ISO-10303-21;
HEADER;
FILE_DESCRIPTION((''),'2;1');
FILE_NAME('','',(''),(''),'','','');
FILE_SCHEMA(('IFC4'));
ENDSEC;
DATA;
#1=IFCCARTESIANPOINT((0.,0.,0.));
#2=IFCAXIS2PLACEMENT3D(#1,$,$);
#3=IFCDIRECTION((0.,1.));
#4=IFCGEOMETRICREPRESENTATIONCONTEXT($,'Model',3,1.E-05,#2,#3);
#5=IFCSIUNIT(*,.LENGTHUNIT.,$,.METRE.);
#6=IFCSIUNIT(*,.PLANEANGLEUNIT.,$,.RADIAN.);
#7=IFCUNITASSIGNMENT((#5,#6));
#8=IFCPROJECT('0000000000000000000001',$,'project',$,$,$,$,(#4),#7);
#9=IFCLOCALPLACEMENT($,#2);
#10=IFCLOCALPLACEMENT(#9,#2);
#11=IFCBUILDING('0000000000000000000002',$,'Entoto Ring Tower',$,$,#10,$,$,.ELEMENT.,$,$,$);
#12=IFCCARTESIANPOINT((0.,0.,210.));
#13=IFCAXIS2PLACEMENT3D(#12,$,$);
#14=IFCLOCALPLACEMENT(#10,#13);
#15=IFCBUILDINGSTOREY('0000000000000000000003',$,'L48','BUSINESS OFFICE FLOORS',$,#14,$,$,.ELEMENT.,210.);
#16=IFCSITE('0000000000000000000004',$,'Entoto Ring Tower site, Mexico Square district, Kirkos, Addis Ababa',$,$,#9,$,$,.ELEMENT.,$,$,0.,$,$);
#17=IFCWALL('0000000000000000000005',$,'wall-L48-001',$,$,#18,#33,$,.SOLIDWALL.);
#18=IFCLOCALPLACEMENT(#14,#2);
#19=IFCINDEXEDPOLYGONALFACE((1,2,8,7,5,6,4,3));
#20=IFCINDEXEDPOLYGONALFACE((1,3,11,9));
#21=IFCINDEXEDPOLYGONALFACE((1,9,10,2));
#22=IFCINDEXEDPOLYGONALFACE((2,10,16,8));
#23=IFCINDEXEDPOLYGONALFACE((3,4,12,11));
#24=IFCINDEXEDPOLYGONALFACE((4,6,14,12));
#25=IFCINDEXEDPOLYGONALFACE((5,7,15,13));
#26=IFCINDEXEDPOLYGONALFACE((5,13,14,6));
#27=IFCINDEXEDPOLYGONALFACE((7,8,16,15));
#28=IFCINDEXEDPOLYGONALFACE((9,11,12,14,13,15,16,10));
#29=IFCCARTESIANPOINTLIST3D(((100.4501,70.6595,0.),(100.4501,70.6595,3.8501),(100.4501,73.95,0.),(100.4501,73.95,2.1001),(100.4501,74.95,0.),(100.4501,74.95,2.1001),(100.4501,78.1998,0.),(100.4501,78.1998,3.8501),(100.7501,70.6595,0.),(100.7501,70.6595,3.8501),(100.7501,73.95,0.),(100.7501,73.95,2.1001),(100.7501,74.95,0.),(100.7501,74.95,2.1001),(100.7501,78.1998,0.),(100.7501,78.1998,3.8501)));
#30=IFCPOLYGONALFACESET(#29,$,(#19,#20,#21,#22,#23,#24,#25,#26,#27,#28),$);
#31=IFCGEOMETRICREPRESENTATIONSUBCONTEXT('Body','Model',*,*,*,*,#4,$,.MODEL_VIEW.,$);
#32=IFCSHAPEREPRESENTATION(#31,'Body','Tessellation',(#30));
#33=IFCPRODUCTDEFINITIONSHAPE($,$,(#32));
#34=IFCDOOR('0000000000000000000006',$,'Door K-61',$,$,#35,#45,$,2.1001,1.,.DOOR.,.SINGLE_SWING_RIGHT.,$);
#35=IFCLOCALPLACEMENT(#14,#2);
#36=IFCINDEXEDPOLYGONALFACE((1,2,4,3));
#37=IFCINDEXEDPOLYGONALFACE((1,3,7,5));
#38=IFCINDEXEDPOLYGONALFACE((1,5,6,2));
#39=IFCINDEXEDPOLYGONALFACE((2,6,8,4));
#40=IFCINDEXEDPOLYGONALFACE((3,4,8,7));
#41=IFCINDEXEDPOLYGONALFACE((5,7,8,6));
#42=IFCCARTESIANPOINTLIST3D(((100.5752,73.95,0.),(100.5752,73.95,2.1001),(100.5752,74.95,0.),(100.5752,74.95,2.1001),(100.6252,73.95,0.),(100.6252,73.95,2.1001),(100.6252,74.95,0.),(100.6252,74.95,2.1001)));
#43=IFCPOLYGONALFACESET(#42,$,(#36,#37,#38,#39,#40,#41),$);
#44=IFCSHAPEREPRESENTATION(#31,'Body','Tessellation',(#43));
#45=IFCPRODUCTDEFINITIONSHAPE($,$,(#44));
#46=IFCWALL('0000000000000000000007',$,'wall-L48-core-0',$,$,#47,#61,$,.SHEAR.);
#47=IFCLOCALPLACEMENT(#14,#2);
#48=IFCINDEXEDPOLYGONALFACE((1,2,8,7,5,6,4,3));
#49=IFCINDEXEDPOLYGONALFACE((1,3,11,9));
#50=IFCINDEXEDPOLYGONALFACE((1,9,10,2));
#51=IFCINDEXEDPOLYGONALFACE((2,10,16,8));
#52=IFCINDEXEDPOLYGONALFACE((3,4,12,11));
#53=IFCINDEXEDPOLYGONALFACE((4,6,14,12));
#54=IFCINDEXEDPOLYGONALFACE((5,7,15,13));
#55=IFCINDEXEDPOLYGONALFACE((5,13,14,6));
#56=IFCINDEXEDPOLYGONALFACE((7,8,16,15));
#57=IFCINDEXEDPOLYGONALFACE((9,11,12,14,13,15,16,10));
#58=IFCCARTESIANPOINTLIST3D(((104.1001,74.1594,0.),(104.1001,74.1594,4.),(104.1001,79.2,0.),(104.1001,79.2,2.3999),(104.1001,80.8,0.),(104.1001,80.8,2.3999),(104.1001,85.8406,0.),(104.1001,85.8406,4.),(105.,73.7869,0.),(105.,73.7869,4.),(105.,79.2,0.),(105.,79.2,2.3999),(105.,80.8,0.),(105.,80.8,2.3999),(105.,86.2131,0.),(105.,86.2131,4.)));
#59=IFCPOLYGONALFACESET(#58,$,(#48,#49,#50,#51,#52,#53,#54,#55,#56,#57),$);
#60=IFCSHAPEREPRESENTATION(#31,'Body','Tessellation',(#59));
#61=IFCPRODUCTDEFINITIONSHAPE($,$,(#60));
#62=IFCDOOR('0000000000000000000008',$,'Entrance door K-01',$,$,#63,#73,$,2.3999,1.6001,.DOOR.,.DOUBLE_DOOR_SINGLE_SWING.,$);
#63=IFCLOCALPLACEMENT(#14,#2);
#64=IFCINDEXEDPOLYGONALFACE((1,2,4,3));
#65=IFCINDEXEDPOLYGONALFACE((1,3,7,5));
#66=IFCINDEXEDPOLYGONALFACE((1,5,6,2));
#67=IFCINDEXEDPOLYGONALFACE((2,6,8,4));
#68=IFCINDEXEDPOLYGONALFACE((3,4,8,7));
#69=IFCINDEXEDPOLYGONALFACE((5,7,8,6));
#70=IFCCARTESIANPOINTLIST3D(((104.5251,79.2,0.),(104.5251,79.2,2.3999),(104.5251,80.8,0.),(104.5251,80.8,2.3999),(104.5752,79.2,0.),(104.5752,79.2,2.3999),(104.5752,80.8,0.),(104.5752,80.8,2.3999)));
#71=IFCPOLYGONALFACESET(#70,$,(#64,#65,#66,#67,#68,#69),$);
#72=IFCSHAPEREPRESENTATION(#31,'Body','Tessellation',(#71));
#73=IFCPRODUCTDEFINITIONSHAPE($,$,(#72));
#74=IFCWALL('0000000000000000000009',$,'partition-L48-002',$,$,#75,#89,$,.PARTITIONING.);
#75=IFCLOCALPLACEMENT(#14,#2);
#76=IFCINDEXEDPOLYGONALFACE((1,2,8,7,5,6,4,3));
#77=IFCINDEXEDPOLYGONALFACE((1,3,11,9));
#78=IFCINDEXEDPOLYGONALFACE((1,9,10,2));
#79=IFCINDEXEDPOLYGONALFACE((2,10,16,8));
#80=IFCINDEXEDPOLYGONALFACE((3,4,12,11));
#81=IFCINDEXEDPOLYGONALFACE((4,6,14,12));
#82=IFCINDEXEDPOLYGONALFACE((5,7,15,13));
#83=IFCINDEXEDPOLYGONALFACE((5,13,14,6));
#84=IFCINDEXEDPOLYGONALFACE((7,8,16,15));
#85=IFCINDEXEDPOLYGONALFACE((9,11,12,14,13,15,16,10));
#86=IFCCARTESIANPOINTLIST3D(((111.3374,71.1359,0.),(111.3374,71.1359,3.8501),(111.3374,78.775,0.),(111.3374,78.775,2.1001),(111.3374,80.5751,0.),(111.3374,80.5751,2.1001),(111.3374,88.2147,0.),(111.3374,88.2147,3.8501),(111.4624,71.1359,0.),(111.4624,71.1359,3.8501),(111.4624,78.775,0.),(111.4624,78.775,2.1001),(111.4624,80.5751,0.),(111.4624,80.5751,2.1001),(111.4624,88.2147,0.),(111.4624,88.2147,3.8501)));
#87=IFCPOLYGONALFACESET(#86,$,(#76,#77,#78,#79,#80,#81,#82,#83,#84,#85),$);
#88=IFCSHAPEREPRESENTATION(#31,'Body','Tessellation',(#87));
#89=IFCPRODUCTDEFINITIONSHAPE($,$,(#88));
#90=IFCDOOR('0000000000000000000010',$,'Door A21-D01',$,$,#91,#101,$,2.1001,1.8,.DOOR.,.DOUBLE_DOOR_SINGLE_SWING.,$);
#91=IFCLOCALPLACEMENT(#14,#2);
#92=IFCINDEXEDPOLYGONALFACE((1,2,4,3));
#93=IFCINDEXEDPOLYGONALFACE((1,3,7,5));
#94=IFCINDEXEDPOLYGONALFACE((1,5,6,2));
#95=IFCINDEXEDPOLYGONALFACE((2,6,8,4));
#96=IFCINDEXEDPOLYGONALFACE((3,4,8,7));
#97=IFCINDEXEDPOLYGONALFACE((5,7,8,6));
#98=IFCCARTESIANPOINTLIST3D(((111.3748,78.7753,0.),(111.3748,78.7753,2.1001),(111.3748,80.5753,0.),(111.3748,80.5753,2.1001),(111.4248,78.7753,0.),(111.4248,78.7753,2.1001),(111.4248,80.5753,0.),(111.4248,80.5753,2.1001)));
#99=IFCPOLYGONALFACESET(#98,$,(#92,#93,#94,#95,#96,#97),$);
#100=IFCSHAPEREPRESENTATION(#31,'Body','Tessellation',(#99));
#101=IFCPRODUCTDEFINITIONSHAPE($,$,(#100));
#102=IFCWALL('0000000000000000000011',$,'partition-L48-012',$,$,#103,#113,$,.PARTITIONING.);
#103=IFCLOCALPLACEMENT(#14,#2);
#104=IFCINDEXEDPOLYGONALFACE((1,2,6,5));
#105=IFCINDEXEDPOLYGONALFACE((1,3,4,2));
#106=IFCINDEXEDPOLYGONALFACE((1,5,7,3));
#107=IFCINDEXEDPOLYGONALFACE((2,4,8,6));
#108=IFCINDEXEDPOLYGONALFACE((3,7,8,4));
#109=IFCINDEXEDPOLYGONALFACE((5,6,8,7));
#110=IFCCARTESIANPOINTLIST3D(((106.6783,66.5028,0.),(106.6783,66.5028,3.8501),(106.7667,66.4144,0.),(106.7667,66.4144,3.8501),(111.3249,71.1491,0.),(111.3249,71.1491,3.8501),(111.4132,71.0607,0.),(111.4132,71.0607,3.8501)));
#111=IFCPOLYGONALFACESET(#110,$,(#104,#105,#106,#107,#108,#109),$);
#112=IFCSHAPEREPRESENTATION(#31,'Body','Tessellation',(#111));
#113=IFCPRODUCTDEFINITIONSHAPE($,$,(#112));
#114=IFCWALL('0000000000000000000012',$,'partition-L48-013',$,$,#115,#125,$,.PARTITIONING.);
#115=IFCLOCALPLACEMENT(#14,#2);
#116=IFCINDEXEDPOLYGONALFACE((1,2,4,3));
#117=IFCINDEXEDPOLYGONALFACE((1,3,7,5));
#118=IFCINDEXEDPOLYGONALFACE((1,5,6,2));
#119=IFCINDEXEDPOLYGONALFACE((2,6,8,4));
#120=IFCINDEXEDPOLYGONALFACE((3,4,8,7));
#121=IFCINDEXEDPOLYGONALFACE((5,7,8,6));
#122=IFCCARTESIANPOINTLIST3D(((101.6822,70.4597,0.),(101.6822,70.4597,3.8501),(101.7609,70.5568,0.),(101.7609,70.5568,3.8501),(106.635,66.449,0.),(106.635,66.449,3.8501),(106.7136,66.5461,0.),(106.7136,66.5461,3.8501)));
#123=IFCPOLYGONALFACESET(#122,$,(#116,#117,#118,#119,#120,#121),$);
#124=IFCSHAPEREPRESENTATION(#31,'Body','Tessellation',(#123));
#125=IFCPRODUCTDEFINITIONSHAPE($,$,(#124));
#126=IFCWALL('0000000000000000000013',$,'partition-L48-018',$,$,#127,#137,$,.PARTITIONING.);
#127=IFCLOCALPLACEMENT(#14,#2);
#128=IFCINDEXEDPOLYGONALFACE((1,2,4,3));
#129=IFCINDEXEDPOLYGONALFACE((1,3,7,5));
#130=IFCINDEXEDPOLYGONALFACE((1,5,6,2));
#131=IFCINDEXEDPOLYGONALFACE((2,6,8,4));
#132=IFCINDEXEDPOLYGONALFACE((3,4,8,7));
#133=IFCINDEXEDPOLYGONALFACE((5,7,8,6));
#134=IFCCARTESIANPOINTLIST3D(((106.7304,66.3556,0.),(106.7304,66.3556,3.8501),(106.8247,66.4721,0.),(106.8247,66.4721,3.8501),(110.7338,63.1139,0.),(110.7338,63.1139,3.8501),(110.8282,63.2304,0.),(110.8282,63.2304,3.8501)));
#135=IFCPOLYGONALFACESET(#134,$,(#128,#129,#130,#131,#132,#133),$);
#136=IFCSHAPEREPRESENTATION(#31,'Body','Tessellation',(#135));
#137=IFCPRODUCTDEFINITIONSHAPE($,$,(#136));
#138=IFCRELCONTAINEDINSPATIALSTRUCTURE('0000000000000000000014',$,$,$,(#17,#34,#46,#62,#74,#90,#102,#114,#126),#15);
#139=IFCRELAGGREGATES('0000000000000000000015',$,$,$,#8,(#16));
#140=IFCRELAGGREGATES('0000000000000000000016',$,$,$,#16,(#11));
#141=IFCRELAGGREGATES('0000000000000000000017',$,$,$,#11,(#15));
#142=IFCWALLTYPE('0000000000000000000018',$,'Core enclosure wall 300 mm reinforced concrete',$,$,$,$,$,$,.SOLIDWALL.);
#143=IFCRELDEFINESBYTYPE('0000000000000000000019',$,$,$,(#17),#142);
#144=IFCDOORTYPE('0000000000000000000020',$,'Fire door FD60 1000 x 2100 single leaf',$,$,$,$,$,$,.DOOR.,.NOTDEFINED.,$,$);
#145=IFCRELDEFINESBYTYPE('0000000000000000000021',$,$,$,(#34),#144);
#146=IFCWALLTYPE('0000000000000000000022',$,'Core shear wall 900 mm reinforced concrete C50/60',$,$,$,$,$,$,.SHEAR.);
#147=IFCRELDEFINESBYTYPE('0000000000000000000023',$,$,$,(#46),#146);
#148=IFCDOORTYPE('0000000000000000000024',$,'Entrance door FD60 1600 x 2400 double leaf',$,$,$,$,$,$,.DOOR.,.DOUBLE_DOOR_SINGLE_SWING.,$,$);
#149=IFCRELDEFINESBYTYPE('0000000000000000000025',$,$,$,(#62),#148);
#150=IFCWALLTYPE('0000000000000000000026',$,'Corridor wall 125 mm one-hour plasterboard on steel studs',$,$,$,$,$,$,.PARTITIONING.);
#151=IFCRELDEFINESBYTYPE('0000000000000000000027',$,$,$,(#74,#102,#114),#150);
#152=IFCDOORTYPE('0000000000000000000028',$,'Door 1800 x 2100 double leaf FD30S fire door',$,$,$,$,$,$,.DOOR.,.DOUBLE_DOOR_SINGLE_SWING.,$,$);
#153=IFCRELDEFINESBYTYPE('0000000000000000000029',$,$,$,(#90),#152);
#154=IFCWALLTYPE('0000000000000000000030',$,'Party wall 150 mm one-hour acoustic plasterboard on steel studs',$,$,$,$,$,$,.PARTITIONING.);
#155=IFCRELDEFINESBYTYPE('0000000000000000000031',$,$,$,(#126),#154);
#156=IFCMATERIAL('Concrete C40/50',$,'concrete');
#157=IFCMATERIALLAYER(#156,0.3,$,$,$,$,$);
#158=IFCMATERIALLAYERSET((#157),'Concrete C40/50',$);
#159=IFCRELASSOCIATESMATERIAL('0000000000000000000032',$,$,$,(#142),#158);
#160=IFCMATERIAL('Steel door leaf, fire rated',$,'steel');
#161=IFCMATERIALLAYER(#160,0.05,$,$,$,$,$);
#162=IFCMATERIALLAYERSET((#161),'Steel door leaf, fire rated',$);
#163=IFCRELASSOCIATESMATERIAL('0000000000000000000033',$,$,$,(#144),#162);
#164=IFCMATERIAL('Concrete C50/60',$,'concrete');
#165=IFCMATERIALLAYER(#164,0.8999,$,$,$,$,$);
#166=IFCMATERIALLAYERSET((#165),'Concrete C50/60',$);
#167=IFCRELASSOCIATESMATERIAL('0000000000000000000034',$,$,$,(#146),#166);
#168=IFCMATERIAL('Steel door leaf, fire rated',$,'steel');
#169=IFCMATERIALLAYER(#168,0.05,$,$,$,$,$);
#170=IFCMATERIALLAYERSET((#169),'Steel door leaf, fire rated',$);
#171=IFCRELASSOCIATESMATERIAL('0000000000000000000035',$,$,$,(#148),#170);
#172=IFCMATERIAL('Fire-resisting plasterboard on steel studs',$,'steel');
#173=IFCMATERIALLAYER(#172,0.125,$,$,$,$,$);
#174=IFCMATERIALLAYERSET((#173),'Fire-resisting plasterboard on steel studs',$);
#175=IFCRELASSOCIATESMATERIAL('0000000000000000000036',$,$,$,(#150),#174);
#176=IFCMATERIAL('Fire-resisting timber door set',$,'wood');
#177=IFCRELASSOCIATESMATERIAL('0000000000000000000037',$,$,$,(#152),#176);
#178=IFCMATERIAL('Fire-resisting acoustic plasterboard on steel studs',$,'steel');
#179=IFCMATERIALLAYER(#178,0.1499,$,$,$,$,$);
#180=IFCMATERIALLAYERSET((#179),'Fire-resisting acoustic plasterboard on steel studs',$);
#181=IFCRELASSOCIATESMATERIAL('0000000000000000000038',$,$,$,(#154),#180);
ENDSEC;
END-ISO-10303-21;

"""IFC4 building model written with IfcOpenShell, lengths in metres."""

from ifc_helpers import new_model, si_unit, direction, frame, frame_2d, origin, place, context, subcontext, project, spatial, polyline, rectangle, outline, extrude, material, layer, layer_set, type_object, element, fill, save


model = new_model("IFC4")

# Units and contexts
model_context = context("Model", 3, precision=1e-05, world=origin(), true_north=direction((0.0, 1.0)))
body_context = subcontext(model_context, "Body", "Model", "MODEL_VIEW")
ifc_project = project(units=[si_unit("LENGTHUNIT", "METRE"), si_unit("PLANEANGLEUNIT", "RADIAN")], contexts=[model_context])

# Site, building, storey
site_placement = place(None, origin())
site = spatial("IfcSite", under=ifc_project, at=site_placement, Name="Entoto Ring Tower site, Mexico Square district, Kirkos, Addis Ababa", CompositionType="ELEMENT", RefElevation=0.0)
building_placement = place(site_placement, origin())
building = spatial("IfcBuilding", under=site, at=building_placement, Name="Entoto Ring Tower", CompositionType="ELEMENT")
storey_placement = place(building_placement, frame((0.0, 0.0, 210.0)))
storey = spatial("IfcBuildingStorey", under=building, at=storey_placement, Name="L48", Description="BUSINESS OFFICE FLOORS", CompositionType="ELEMENT", Elevation=210.0)

# Walls, openings, doors
ifc_material_1 = material(Name="Concrete C40/50", Category="concrete")
ifc_layer_1 = layer(ifc_material_1, 0.3)
ifc_layer_set_1 = layer_set([ifc_layer_1], Name="Concrete C40/50")
wall_type_1 = type_object("IfcWallType", Name="Core enclosure wall 300 mm reinforced concrete", PredefinedType="SOLIDWALL", material=ifc_layer_set_1)
wall_1_placement = place(storey_placement, frame((100.6001, 70.6597, 0.0), z_axis=(0.0, 0.0, 1.0), x_axis=(0.0, 1.0, 0.0)))
wall_1 = element("IfcWall", 1, at=wall_1_placement, inside=storey, type_object=wall_type_1, Name="wall-L48-001", PredefinedType="SOLIDWALL", context=body_context, shape_type="SweptSolid", body=[
    extrude(rectangle(XDim=7.5403, YDim=0.3, at=frame_2d((3.77, 0.0))), origin(), (0.0, 0.0, 1.0), 3.8501),
])
opening_1_placement = place(wall_1_placement, frame((3.2903, 0.0, 0.0)))
opening_1 = element("IfcOpeningElement", 2, at=opening_1_placement, cuts=wall_1, PredefinedType="OPENING", context=body_context, shape_type="SweptSolid", body=[
    extrude(rectangle(XDim=1.0, YDim=2.1001, at=frame_2d((0.5, 1.05))), frame((0.0, 0.1602, 0.0), z_axis=(0.0, -1.0, 0.0), x_axis=(1.0, 0.0, 0.0)), (0.0, 0.0, 1.0), 0.3201),
])
ifc_material_2 = material(Name="Steel door leaf, fire rated", Category="steel")
ifc_layer_2 = layer(ifc_material_2, 0.05)
ifc_layer_set_2 = layer_set([ifc_layer_2], Name="Steel door leaf, fire rated")
door_type_1 = type_object("IfcDoorType", Name="Fire door FD60 1000 x 2100 single leaf", OperationType="NOTDEFINED", PredefinedType="DOOR", material=ifc_layer_set_2)
door_1_placement = place(opening_1_placement, origin())
door_1 = element("IfcDoor", 3, at=door_1_placement, inside=storey, type_object=door_type_1, Name="Door K-61", OperationType="SINGLE_SWING_RIGHT", OverallHeight=2.1001, OverallWidth=1.0, PredefinedType="DOOR", context=body_context, shape_type="SweptSolid", body=[
    extrude(rectangle(XDim=1.0, YDim=2.1001, at=frame_2d((0.5, 1.05))), frame((0.0, 0.0249, 0.0), z_axis=(0.0, -1.0, 0.0), x_axis=(1.0, 0.0, 0.0)), (0.0, 0.0, 1.0), 0.05),
])
fill(opening_1, door_1)
ifc_material_3 = material(Name="Concrete C50/60", Category="concrete")
ifc_layer_3 = layer(ifc_material_3, 0.8999)
ifc_layer_set_3 = layer_set([ifc_layer_3], Name="Concrete C50/60")
wall_type_2 = type_object("IfcWallType", Name="Core shear wall 900 mm reinforced concrete C50/60", PredefinedType="SHEAR", material=ifc_layer_set_3)
wall_2_placement = place(storey_placement, frame((104.55, 73.9731, 0.0), z_axis=(0.0, 0.0, 1.0), x_axis=(0.0, 1.0, 0.0)))
wall_2 = element("IfcWall", 4, at=wall_2_placement, inside=storey, type_object=wall_type_2, Name="wall-L48-core-0", PredefinedType="SHEAR", context=body_context, shape_type="SweptSolid", body=[
    extrude(outline(polyline([(-0.1863, -0.45), (12.24, -0.45), (11.8674, 0.45), (0.1863, 0.45), (-0.1863, -0.45)])), origin(), (0.0, 0.0, 1.0), 4.0),
])
opening_2_placement = place(wall_2_placement, frame((5.2268, 0.0, 0.0)))
opening_2 = element("IfcOpeningElement", 5, at=opening_2_placement, cuts=wall_2, PredefinedType="OPENING", context=body_context, shape_type="SweptSolid", body=[
    extrude(rectangle(XDim=1.6001, YDim=2.3999, at=frame_2d((0.8, 1.2))), frame((0.0, 0.46, 0.0), z_axis=(0.0, -1.0, 0.0), x_axis=(1.0, 0.0, 0.0)), (0.0, 0.0, 1.0), 0.9199),
])
ifc_material_4 = material(Name="Steel door leaf, fire rated", Category="steel")
ifc_layer_4 = layer(ifc_material_4, 0.05)
ifc_layer_set_4 = layer_set([ifc_layer_4], Name="Steel door leaf, fire rated")
door_type_2 = type_object("IfcDoorType", Name="Entrance door FD60 1600 x 2400 double leaf", OperationType="DOUBLE_DOOR_SINGLE_SWING", PredefinedType="DOOR", material=ifc_layer_set_4)
door_2_placement = place(opening_2_placement, origin())
door_2 = element("IfcDoor", 6, at=door_2_placement, inside=storey, type_object=door_type_2, Name="Entrance door K-01", OperationType="DOUBLE_DOOR_SINGLE_SWING", OverallHeight=2.3999, OverallWidth=1.6001, PredefinedType="DOOR", context=body_context, shape_type="SweptSolid", body=[
    extrude(rectangle(XDim=1.6001, YDim=2.3999, at=frame_2d((0.8, 1.2))), frame((0.0, 0.0249, 0.0), z_axis=(0.0, -1.0, 0.0), x_axis=(1.0, 0.0, 0.0)), (0.0, 0.0, 1.0), 0.05),
])
fill(opening_2, door_2)
ifc_material_5 = material(Name="Fire-resisting plasterboard on steel studs", Category="steel")
ifc_layer_5 = layer(ifc_material_5, 0.125)
ifc_layer_set_5 = layer_set([ifc_layer_5], Name="Fire-resisting plasterboard on steel studs")
wall_type_3 = type_object("IfcWallType", Name="Corridor wall 125 mm one-hour plasterboard on steel studs", PredefinedType="PARTITIONING", material=ifc_layer_set_5)
wall_3_placement = place(storey_placement, frame((111.3999, 71.1357, 0.0), z_axis=(0.0, 0.0, 1.0), x_axis=(0.0, 1.0, 0.0)))
wall_3 = element("IfcWall", 7, at=wall_3_placement, inside=storey, type_object=wall_type_3, Name="partition-L48-002", PredefinedType="PARTITIONING", context=body_context, shape_type="SweptSolid", body=[
    extrude(rectangle(XDim=17.0789, YDim=0.125, at=frame_2d((8.5396, 0.0))), origin(), (0.0, 0.0, 1.0), 3.8501),
])
opening_3_placement = place(wall_3_placement, frame((7.6394, 0.0, 0.0)))
opening_3 = element("IfcOpeningElement", 8, at=opening_3_placement, cuts=wall_3, PredefinedType="OPENING", context=body_context, shape_type="SweptSolid", body=[
    extrude(rectangle(XDim=1.8, YDim=2.1001, at=frame_2d((0.8999, 1.05))), frame((0.0, 0.0725, 0.0), z_axis=(0.0, -1.0, 0.0), x_axis=(1.0, 0.0, 0.0)), (0.0, 0.0, 1.0), 0.145),
])
ifc_material_6 = material(Name="Fire-resisting timber door set", Category="wood")
door_type_3 = type_object("IfcDoorType", Name="Door 1800 x 2100 double leaf FD30S fire door", OperationType="DOUBLE_DOOR_SINGLE_SWING", PredefinedType="DOOR", material=ifc_material_6)
door_3_placement = place(opening_3_placement, frame((1.8, 0.0, 0.0), z_axis=(0.0, 0.0, 1.0), x_axis=(-1.0, 0.0, 0.0)))
door_3 = element("IfcDoor", 9, at=door_3_placement, inside=storey, type_object=door_type_3, Name="Door A21-D01", OperationType="DOUBLE_DOOR_SINGLE_SWING", OverallHeight=2.1001, OverallWidth=1.8, PredefinedType="DOOR", context=body_context, shape_type="SweptSolid", body=[
    extrude(rectangle(XDim=1.8, YDim=2.1001, at=frame_2d((0.8999, 1.05))), frame((0.0, 0.0249, 0.0), z_axis=(0.0, -1.0, 0.0), x_axis=(1.0, 0.0, 0.0)), (0.0, 0.0, 1.0), 0.05),
])
fill(opening_3, door_3)

# Walls
wall_4_placement = place(storey_placement, frame((106.7224, 66.4585, 0.0), z_axis=(0.0, 0.0, 1.0), x_axis=(0.707125, 0.707088, 0.0)))
element("IfcWall", 10, at=wall_4_placement, inside=storey, type_object=wall_type_3, Name="partition-L48-012", PredefinedType="PARTITIONING", context=body_context, shape_type="SweptSolid", body=[
    extrude(rectangle(XDim=6.571, YDim=0.125, at=frame_2d((3.2856, 0.0))), origin(), (0.0, 0.0, 1.0), 3.8501),
])
wall_5_placement = place(storey_placement, frame((106.6743, 66.4976, 0.0), z_axis=(0.0, 0.0, 1.0), x_axis=(-0.777148, 0.629318, 0.0)))
element("IfcWall", 11, at=wall_5_placement, inside=storey, type_object=wall_type_3, Name="partition-L48-013", PredefinedType="PARTITIONING", context=body_context, shape_type="SweptSolid", body=[
    extrude(rectangle(XDim=6.373, YDim=0.125, at=frame_2d((3.1865, 0.0))), origin(), (0.0, 0.0, 1.0), 3.8501),
])
ifc_material_7 = material(Name="Fire-resisting acoustic plasterboard on steel studs", Category="steel")
ifc_layer_6 = layer(ifc_material_7, 0.1499)
ifc_layer_set_6 = layer_set([ifc_layer_6], Name="Fire-resisting acoustic plasterboard on steel studs")
wall_type_4 = type_object("IfcWallType", Name="Party wall 150 mm one-hour acoustic plasterboard on steel studs", PredefinedType="PARTITIONING", material=ifc_layer_set_6)
wall_6_placement = place(storey_placement, frame((110.781, 63.1721, 0.0), z_axis=(0.0, 0.0, 1.0), x_axis=(-0.777165, 0.629296, 0.0)))
element("IfcWall", 12, at=wall_6_placement, inside=storey, type_object=wall_type_4, Name="partition-L48-018", PredefinedType="PARTITIONING", context=body_context, shape_type="SweptSolid", body=[
    extrude(rectangle(XDim=5.1514, YDim=0.1499, at=frame_2d((2.5757, 0.0))), origin(), (0.0, 0.0, 1.0), 3.8501),
])

save(model, "model.ifc")
